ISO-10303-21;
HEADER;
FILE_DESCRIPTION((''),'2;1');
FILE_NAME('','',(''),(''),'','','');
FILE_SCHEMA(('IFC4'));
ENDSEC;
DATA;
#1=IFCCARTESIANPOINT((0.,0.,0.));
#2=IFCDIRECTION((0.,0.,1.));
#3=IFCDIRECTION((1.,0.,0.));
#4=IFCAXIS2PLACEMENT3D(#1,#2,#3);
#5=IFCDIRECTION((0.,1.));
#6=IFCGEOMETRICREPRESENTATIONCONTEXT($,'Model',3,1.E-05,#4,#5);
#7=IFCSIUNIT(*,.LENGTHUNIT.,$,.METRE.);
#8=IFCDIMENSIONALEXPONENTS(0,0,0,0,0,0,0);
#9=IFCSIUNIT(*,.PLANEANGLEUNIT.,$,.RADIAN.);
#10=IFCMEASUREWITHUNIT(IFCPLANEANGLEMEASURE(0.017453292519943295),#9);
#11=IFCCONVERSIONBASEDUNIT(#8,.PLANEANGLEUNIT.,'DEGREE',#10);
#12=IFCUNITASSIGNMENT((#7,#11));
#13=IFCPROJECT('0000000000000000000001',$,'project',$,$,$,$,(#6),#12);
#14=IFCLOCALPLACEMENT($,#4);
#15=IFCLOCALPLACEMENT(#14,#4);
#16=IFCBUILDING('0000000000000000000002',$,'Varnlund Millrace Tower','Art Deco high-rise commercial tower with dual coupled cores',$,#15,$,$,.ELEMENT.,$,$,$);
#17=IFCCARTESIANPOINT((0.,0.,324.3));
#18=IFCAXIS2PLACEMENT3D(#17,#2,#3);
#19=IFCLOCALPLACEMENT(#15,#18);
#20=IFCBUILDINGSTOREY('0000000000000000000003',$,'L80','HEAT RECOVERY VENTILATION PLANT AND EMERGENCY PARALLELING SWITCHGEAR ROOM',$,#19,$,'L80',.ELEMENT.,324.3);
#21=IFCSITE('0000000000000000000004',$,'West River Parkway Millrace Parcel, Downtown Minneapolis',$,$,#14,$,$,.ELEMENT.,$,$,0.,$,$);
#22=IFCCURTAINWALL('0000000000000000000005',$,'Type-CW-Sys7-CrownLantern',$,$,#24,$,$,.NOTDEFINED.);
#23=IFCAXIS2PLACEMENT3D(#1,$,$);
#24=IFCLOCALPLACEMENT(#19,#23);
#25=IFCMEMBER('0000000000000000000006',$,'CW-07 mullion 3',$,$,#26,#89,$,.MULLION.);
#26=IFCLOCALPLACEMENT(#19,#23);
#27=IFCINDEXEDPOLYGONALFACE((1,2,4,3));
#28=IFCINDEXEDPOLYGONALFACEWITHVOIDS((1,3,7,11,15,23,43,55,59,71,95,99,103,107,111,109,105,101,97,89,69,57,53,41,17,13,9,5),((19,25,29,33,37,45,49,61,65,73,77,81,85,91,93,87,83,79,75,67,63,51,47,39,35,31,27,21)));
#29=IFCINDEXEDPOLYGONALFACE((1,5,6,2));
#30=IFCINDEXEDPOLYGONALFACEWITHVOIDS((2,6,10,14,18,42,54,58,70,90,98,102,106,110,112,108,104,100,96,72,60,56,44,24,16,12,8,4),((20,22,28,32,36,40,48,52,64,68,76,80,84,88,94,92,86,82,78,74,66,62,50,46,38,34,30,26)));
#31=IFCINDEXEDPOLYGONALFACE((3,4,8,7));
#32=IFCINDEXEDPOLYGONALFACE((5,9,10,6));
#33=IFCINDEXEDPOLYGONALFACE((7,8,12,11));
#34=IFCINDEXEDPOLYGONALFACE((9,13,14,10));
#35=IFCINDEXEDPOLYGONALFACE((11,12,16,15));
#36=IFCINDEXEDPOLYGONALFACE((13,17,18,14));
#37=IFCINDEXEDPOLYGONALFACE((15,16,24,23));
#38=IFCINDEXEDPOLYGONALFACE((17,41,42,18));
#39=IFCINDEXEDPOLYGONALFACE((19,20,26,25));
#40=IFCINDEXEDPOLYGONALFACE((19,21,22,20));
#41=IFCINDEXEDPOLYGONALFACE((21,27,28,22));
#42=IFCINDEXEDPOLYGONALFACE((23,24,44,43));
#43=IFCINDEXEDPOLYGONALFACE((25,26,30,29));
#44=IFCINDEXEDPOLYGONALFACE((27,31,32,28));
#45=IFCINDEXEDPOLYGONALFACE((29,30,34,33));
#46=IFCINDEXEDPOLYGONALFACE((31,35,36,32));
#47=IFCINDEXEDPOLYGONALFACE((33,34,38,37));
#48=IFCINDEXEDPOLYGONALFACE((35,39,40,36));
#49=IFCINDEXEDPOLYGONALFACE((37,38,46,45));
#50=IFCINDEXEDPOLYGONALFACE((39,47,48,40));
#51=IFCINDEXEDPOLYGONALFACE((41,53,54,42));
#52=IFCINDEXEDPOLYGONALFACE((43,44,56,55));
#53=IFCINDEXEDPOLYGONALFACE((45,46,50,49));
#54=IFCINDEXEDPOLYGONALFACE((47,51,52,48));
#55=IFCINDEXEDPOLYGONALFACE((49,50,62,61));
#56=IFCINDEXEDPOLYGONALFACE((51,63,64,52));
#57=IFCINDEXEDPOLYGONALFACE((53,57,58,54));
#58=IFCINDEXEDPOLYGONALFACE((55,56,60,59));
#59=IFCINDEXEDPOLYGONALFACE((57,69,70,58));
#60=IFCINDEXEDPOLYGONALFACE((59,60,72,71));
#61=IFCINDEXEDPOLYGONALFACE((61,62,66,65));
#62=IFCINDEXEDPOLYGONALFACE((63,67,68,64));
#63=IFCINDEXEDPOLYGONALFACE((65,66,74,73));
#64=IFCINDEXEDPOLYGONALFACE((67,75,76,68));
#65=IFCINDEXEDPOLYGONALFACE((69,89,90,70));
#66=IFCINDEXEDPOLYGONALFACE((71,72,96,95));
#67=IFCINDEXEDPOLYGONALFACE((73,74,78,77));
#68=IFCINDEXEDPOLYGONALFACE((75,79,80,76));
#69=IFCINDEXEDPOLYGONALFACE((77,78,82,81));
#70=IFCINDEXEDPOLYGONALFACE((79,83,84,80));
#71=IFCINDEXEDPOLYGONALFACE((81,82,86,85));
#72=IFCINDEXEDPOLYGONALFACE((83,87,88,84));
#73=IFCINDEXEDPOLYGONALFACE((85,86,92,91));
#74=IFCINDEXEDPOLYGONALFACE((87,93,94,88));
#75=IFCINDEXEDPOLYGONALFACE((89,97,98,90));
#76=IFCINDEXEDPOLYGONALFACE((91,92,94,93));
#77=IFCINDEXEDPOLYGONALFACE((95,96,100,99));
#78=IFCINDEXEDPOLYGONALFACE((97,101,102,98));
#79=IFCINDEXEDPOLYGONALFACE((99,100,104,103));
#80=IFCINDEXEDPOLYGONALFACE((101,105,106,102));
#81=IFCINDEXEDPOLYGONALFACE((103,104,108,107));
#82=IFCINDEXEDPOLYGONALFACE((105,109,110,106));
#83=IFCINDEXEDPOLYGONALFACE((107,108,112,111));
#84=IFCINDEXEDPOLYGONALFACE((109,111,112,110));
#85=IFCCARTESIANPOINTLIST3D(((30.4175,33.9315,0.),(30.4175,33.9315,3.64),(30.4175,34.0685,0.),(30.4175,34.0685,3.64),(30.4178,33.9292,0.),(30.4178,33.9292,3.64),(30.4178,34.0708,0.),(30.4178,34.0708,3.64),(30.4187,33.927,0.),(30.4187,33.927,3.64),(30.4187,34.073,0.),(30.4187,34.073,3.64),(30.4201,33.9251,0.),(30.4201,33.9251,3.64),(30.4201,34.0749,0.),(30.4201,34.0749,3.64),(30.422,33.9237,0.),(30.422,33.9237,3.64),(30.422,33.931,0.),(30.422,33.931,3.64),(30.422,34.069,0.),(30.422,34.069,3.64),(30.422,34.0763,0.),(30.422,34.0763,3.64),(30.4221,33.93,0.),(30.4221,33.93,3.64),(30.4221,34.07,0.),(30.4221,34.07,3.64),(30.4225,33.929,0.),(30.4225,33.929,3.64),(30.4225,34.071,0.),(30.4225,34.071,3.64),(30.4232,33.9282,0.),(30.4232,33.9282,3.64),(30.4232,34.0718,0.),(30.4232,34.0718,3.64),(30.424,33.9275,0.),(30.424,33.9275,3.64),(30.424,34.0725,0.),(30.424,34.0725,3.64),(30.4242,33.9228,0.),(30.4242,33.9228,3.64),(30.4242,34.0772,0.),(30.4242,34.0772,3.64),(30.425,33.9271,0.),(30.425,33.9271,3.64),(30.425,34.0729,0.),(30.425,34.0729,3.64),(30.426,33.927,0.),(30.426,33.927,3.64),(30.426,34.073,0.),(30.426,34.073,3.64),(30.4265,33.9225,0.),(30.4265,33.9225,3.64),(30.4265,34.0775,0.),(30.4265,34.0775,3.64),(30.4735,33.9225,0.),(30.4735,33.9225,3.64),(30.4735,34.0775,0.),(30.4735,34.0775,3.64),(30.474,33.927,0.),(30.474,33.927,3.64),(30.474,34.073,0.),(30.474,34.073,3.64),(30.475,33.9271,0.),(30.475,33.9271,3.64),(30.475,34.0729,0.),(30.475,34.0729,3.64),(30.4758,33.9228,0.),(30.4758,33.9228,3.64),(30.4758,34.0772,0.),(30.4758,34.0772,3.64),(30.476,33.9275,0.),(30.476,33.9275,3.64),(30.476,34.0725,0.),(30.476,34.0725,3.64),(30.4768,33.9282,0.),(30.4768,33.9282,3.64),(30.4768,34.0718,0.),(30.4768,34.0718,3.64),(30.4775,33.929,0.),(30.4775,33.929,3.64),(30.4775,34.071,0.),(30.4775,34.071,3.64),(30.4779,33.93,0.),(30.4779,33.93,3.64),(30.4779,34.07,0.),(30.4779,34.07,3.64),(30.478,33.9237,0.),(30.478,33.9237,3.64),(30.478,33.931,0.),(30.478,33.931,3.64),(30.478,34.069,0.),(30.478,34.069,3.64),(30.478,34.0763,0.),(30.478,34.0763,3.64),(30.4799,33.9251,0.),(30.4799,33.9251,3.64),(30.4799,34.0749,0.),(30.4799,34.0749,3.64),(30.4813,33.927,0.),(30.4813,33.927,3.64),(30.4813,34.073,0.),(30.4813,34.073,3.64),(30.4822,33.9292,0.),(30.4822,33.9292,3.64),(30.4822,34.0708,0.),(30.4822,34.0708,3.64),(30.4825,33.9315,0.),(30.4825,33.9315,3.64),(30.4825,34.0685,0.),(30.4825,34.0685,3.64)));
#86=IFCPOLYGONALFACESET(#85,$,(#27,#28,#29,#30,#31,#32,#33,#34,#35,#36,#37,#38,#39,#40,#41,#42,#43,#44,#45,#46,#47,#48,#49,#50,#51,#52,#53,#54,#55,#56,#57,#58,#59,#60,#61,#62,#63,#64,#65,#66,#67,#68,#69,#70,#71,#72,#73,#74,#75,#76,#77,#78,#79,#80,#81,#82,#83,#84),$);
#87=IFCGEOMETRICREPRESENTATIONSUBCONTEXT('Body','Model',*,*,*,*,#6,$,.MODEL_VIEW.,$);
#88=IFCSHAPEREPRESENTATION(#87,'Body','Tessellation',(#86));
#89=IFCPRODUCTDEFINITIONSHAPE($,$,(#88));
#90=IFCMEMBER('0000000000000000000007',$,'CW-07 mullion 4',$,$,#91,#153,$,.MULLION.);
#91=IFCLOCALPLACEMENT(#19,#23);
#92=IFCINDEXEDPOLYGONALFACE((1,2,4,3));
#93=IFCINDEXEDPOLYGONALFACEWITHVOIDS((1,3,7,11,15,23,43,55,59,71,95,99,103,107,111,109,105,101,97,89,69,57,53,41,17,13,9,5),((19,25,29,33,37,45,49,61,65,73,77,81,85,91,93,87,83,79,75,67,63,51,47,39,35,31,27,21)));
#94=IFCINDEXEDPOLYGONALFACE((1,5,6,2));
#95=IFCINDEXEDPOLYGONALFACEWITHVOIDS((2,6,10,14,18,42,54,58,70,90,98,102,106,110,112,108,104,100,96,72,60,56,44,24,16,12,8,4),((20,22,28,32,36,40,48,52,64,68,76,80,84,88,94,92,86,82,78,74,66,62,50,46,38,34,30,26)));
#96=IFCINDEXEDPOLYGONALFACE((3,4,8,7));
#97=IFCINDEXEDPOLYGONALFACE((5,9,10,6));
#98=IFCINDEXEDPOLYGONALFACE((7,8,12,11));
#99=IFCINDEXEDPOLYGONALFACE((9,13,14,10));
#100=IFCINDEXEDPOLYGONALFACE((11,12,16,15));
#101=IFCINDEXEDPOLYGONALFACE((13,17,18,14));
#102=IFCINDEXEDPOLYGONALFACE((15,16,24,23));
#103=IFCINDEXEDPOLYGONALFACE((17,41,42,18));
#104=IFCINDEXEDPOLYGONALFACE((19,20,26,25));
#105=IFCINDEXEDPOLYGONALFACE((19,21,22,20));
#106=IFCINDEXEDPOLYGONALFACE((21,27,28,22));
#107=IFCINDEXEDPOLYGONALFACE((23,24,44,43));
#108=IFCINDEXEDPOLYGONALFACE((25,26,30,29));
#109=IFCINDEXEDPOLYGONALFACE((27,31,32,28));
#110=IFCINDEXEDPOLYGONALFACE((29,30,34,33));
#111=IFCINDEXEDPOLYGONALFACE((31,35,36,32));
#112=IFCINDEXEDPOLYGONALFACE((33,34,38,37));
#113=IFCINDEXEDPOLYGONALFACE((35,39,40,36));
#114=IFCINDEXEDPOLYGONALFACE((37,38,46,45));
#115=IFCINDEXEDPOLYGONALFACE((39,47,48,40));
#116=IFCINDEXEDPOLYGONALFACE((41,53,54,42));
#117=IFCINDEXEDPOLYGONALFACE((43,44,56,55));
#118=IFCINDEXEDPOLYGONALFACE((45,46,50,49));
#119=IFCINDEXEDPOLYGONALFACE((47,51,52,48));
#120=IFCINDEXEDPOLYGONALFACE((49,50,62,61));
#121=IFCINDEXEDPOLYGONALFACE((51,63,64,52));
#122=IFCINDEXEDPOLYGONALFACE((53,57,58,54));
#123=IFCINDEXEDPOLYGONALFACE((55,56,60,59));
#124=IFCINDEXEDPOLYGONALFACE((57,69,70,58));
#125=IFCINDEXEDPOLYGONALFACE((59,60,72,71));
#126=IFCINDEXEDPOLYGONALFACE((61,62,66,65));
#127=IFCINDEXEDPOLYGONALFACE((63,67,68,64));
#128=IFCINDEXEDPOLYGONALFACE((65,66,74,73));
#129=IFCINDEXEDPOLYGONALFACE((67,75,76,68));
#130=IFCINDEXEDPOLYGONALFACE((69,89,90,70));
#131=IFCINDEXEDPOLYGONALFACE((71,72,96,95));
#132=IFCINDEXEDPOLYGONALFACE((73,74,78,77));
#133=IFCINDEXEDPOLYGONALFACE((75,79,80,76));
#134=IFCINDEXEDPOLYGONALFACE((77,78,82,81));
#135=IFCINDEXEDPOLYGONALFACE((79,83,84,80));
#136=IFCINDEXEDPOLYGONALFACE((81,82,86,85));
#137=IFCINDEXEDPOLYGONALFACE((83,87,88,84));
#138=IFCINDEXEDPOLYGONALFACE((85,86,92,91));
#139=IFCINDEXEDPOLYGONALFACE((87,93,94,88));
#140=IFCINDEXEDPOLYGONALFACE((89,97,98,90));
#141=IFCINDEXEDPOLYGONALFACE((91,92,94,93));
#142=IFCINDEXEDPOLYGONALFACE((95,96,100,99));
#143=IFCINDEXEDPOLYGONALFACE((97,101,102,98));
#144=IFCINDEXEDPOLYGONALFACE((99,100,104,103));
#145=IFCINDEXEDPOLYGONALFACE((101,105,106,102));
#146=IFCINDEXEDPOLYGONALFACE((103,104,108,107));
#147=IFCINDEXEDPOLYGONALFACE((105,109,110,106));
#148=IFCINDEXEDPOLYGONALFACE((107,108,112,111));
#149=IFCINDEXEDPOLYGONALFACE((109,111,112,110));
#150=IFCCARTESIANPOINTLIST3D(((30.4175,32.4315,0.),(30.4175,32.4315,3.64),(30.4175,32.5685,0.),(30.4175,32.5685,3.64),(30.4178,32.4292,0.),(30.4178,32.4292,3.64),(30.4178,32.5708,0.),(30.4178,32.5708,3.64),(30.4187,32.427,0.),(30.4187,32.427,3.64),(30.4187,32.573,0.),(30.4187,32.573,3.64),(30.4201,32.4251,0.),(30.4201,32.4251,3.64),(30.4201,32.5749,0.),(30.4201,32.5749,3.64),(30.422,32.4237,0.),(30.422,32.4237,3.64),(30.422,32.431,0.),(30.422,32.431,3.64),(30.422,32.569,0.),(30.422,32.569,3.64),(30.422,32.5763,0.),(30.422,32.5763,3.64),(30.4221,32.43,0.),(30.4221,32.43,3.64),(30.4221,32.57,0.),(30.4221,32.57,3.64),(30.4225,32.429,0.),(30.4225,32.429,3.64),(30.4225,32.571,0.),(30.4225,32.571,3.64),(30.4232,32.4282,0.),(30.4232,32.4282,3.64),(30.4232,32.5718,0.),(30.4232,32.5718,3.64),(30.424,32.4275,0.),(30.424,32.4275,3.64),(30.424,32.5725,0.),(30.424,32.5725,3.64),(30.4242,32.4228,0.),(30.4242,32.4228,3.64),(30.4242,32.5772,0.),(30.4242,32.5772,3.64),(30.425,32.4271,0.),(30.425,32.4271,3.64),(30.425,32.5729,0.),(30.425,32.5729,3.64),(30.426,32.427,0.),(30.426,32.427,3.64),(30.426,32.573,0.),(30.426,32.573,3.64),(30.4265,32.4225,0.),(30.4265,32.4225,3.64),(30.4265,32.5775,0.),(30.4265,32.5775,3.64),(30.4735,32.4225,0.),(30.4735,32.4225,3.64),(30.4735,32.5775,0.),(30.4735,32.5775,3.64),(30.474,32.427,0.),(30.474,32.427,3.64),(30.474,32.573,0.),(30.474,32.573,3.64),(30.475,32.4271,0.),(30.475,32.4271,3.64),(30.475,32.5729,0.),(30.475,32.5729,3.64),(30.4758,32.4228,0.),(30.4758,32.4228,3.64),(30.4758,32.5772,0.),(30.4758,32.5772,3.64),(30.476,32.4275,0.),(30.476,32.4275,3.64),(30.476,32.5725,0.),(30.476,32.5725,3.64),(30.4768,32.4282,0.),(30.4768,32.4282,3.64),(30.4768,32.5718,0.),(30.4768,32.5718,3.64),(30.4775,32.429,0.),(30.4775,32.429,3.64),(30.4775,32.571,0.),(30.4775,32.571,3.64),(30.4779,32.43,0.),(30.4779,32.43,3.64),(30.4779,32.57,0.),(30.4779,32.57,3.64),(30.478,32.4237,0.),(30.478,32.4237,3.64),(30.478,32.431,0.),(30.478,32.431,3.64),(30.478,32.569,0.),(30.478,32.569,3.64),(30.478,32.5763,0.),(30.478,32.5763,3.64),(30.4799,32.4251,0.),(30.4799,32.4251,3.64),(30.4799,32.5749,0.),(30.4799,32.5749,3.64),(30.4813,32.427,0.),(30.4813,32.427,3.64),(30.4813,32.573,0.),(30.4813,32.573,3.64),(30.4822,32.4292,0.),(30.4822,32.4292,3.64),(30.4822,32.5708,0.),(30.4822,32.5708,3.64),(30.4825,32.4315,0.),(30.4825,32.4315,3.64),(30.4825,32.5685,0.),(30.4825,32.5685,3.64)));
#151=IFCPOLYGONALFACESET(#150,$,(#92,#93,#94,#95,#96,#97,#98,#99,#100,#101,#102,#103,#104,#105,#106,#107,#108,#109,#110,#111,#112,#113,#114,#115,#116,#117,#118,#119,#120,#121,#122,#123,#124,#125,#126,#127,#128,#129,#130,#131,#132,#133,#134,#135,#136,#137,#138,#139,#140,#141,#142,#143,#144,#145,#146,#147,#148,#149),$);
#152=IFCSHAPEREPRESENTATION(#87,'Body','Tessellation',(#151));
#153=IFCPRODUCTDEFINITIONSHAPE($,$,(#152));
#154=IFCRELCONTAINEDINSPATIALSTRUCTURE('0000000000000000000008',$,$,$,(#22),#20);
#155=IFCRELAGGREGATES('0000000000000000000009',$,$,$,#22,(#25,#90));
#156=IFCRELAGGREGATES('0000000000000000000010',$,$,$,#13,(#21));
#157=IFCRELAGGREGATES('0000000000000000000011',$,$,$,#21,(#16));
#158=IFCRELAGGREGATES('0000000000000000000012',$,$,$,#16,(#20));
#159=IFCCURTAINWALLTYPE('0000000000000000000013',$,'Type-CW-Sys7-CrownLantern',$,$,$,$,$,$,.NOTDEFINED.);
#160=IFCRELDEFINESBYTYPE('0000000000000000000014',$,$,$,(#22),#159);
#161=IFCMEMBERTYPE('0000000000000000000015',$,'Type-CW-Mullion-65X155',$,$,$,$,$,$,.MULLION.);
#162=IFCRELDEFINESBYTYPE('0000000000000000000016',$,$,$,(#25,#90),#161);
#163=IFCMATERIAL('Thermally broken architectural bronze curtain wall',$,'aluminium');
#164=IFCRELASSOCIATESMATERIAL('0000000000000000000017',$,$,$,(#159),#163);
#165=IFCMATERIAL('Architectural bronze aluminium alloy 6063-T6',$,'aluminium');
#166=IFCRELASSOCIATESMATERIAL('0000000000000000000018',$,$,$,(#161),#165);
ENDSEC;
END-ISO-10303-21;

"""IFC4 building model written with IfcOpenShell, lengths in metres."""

from ifc_helpers import new_model, entity, si_unit, converted_unit, direction, frame, origin_with_axes, origin_2d_with_axis, place, context, subcontext, project, spatial, hollow_rectangle, extrude, material, material_profile, profile_set, type_object, element, aggregate, save


model = new_model("IFC4")

# Units and contexts
model_context = context("Model", 3, precision=1e-05, world=origin_with_axes(), true_north=direction((0.0, 1.0)))
body_context = subcontext(model_context, "Body", "Model", "MODEL_VIEW")
ifc_project = project(units=[si_unit("LENGTHUNIT", "METRE"), converted_unit("PLANEANGLEUNIT", "DEGREE", entity("IfcPlaneAngleMeasure", 0.017453292519943295), si_unit("PLANEANGLEUNIT", "RADIAN"), dimensions=[0, 0, 0, 0, 0, 0, 0])], contexts=[model_context])

# Site, building, storey
site_placement = place(None, origin_with_axes())
site = spatial("IfcSite", under=ifc_project, at=site_placement, Name="West River Parkway Millrace Parcel, Downtown Minneapolis", CompositionType="ELEMENT", RefElevation=0.0)
building_placement = place(site_placement, origin_with_axes())
building = spatial("IfcBuilding", under=site, at=building_placement, Name="Varnlund Millrace Tower", Description="Art Deco high-rise commercial tower with dual coupled cores", CompositionType="ELEMENT")
storey_placement = place(building_placement, frame((0.0, 0.0, 324.3), z_axis=(0.0, 0.0, 1.0), x_axis=(1.0, 0.0, 0.0)))
storey = spatial("IfcBuildingStorey", under=building, at=storey_placement, Name="L80", Description="HEAT RECOVERY VENTILATION PLANT AND EMERGENCY PARALLELING SWITCHGEAR ROOM", LongName="L80", CompositionType="ELEMENT", Elevation=324.3)

# Curtain wall, members
ifc_material_1 = material(Name="Thermally broken architectural bronze curtain wall", Category="aluminium")
curtain_wall_type = type_object("IfcCurtainWallType", Name="Type-CW-Sys7-CrownLantern", PredefinedType="NOTDEFINED", material=ifc_material_1)
curtain_wall_1_placement = place(storey_placement, frame((30.45, 37.0, 0.0), z_axis=(0.0, 0.0, 1.0), x_axis=(1.0, 0.0, 0.0)))
curtain_wall_1 = element("IfcCurtainWall", 1, at=curtain_wall_1_placement, inside=storey, type_object=curtain_wall_type, Name="Type-CW-Sys7-CrownLantern", PredefinedType="NOTDEFINED")
ifc_material_2 = material(Name="Architectural bronze aluminium alloy 6063-T6", Category="aluminium")
ifc_material_profile_1 = material_profile(ifc_material_2, hollow_rectangle(XDim=0.065, YDim=0.155, WallThickness=0.0045, InnerFilletRadius=0.004, OuterFilletRadius=0.009, at=origin_2d_with_axis()), Name="Architectural bronze aluminium alloy 6063-T6")
ifc_profile_set_1 = profile_set([ifc_material_profile_1], Name="Architectural bronze aluminium alloy 6063-T6")
member_type = type_object("IfcMemberType", Name="Type-CW-Mullion-65X155", PredefinedType="MULLION", material=ifc_profile_set_1)
member_1_placement = place(storey_placement, frame((30.45, 34.0, 0.0), z_axis=(0.0, 0.0, 1.0), x_axis=(1.0, 0.0, 0.0)))
member_1 = element("IfcMember", 2, at=member_1_placement, type_object=member_type, Name="CW-07 mullion 3", PredefinedType="MULLION", context=body_context, shape_type="SweptSolid", body=[
    extrude(hollow_rectangle(XDim=0.065, YDim=0.155, WallThickness=0.0045, InnerFilletRadius=0.004, OuterFilletRadius=0.009, at=origin_2d_with_axis()), origin_with_axes(), (0.0, 0.0, 1.0), 3.64),
])
member_2_placement = place(storey_placement, frame((30.45, 32.5, 0.0), z_axis=(0.0, 0.0, 1.0), x_axis=(1.0, 0.0, 0.0)))
member_2 = element("IfcMember", 3, at=member_2_placement, type_object=member_type, Name="CW-07 mullion 4", PredefinedType="MULLION", context=body_context, shape_type="SweptSolid", body=[
    extrude(hollow_rectangle(XDim=0.065, YDim=0.155, WallThickness=0.0045, InnerFilletRadius=0.004, OuterFilletRadius=0.009, at=origin_2d_with_axis()), origin_with_axes(), (0.0, 0.0, 1.0), 3.64),
])
aggregate(curtain_wall_1, [member_1, member_2])

save(model, "model.ifc")
